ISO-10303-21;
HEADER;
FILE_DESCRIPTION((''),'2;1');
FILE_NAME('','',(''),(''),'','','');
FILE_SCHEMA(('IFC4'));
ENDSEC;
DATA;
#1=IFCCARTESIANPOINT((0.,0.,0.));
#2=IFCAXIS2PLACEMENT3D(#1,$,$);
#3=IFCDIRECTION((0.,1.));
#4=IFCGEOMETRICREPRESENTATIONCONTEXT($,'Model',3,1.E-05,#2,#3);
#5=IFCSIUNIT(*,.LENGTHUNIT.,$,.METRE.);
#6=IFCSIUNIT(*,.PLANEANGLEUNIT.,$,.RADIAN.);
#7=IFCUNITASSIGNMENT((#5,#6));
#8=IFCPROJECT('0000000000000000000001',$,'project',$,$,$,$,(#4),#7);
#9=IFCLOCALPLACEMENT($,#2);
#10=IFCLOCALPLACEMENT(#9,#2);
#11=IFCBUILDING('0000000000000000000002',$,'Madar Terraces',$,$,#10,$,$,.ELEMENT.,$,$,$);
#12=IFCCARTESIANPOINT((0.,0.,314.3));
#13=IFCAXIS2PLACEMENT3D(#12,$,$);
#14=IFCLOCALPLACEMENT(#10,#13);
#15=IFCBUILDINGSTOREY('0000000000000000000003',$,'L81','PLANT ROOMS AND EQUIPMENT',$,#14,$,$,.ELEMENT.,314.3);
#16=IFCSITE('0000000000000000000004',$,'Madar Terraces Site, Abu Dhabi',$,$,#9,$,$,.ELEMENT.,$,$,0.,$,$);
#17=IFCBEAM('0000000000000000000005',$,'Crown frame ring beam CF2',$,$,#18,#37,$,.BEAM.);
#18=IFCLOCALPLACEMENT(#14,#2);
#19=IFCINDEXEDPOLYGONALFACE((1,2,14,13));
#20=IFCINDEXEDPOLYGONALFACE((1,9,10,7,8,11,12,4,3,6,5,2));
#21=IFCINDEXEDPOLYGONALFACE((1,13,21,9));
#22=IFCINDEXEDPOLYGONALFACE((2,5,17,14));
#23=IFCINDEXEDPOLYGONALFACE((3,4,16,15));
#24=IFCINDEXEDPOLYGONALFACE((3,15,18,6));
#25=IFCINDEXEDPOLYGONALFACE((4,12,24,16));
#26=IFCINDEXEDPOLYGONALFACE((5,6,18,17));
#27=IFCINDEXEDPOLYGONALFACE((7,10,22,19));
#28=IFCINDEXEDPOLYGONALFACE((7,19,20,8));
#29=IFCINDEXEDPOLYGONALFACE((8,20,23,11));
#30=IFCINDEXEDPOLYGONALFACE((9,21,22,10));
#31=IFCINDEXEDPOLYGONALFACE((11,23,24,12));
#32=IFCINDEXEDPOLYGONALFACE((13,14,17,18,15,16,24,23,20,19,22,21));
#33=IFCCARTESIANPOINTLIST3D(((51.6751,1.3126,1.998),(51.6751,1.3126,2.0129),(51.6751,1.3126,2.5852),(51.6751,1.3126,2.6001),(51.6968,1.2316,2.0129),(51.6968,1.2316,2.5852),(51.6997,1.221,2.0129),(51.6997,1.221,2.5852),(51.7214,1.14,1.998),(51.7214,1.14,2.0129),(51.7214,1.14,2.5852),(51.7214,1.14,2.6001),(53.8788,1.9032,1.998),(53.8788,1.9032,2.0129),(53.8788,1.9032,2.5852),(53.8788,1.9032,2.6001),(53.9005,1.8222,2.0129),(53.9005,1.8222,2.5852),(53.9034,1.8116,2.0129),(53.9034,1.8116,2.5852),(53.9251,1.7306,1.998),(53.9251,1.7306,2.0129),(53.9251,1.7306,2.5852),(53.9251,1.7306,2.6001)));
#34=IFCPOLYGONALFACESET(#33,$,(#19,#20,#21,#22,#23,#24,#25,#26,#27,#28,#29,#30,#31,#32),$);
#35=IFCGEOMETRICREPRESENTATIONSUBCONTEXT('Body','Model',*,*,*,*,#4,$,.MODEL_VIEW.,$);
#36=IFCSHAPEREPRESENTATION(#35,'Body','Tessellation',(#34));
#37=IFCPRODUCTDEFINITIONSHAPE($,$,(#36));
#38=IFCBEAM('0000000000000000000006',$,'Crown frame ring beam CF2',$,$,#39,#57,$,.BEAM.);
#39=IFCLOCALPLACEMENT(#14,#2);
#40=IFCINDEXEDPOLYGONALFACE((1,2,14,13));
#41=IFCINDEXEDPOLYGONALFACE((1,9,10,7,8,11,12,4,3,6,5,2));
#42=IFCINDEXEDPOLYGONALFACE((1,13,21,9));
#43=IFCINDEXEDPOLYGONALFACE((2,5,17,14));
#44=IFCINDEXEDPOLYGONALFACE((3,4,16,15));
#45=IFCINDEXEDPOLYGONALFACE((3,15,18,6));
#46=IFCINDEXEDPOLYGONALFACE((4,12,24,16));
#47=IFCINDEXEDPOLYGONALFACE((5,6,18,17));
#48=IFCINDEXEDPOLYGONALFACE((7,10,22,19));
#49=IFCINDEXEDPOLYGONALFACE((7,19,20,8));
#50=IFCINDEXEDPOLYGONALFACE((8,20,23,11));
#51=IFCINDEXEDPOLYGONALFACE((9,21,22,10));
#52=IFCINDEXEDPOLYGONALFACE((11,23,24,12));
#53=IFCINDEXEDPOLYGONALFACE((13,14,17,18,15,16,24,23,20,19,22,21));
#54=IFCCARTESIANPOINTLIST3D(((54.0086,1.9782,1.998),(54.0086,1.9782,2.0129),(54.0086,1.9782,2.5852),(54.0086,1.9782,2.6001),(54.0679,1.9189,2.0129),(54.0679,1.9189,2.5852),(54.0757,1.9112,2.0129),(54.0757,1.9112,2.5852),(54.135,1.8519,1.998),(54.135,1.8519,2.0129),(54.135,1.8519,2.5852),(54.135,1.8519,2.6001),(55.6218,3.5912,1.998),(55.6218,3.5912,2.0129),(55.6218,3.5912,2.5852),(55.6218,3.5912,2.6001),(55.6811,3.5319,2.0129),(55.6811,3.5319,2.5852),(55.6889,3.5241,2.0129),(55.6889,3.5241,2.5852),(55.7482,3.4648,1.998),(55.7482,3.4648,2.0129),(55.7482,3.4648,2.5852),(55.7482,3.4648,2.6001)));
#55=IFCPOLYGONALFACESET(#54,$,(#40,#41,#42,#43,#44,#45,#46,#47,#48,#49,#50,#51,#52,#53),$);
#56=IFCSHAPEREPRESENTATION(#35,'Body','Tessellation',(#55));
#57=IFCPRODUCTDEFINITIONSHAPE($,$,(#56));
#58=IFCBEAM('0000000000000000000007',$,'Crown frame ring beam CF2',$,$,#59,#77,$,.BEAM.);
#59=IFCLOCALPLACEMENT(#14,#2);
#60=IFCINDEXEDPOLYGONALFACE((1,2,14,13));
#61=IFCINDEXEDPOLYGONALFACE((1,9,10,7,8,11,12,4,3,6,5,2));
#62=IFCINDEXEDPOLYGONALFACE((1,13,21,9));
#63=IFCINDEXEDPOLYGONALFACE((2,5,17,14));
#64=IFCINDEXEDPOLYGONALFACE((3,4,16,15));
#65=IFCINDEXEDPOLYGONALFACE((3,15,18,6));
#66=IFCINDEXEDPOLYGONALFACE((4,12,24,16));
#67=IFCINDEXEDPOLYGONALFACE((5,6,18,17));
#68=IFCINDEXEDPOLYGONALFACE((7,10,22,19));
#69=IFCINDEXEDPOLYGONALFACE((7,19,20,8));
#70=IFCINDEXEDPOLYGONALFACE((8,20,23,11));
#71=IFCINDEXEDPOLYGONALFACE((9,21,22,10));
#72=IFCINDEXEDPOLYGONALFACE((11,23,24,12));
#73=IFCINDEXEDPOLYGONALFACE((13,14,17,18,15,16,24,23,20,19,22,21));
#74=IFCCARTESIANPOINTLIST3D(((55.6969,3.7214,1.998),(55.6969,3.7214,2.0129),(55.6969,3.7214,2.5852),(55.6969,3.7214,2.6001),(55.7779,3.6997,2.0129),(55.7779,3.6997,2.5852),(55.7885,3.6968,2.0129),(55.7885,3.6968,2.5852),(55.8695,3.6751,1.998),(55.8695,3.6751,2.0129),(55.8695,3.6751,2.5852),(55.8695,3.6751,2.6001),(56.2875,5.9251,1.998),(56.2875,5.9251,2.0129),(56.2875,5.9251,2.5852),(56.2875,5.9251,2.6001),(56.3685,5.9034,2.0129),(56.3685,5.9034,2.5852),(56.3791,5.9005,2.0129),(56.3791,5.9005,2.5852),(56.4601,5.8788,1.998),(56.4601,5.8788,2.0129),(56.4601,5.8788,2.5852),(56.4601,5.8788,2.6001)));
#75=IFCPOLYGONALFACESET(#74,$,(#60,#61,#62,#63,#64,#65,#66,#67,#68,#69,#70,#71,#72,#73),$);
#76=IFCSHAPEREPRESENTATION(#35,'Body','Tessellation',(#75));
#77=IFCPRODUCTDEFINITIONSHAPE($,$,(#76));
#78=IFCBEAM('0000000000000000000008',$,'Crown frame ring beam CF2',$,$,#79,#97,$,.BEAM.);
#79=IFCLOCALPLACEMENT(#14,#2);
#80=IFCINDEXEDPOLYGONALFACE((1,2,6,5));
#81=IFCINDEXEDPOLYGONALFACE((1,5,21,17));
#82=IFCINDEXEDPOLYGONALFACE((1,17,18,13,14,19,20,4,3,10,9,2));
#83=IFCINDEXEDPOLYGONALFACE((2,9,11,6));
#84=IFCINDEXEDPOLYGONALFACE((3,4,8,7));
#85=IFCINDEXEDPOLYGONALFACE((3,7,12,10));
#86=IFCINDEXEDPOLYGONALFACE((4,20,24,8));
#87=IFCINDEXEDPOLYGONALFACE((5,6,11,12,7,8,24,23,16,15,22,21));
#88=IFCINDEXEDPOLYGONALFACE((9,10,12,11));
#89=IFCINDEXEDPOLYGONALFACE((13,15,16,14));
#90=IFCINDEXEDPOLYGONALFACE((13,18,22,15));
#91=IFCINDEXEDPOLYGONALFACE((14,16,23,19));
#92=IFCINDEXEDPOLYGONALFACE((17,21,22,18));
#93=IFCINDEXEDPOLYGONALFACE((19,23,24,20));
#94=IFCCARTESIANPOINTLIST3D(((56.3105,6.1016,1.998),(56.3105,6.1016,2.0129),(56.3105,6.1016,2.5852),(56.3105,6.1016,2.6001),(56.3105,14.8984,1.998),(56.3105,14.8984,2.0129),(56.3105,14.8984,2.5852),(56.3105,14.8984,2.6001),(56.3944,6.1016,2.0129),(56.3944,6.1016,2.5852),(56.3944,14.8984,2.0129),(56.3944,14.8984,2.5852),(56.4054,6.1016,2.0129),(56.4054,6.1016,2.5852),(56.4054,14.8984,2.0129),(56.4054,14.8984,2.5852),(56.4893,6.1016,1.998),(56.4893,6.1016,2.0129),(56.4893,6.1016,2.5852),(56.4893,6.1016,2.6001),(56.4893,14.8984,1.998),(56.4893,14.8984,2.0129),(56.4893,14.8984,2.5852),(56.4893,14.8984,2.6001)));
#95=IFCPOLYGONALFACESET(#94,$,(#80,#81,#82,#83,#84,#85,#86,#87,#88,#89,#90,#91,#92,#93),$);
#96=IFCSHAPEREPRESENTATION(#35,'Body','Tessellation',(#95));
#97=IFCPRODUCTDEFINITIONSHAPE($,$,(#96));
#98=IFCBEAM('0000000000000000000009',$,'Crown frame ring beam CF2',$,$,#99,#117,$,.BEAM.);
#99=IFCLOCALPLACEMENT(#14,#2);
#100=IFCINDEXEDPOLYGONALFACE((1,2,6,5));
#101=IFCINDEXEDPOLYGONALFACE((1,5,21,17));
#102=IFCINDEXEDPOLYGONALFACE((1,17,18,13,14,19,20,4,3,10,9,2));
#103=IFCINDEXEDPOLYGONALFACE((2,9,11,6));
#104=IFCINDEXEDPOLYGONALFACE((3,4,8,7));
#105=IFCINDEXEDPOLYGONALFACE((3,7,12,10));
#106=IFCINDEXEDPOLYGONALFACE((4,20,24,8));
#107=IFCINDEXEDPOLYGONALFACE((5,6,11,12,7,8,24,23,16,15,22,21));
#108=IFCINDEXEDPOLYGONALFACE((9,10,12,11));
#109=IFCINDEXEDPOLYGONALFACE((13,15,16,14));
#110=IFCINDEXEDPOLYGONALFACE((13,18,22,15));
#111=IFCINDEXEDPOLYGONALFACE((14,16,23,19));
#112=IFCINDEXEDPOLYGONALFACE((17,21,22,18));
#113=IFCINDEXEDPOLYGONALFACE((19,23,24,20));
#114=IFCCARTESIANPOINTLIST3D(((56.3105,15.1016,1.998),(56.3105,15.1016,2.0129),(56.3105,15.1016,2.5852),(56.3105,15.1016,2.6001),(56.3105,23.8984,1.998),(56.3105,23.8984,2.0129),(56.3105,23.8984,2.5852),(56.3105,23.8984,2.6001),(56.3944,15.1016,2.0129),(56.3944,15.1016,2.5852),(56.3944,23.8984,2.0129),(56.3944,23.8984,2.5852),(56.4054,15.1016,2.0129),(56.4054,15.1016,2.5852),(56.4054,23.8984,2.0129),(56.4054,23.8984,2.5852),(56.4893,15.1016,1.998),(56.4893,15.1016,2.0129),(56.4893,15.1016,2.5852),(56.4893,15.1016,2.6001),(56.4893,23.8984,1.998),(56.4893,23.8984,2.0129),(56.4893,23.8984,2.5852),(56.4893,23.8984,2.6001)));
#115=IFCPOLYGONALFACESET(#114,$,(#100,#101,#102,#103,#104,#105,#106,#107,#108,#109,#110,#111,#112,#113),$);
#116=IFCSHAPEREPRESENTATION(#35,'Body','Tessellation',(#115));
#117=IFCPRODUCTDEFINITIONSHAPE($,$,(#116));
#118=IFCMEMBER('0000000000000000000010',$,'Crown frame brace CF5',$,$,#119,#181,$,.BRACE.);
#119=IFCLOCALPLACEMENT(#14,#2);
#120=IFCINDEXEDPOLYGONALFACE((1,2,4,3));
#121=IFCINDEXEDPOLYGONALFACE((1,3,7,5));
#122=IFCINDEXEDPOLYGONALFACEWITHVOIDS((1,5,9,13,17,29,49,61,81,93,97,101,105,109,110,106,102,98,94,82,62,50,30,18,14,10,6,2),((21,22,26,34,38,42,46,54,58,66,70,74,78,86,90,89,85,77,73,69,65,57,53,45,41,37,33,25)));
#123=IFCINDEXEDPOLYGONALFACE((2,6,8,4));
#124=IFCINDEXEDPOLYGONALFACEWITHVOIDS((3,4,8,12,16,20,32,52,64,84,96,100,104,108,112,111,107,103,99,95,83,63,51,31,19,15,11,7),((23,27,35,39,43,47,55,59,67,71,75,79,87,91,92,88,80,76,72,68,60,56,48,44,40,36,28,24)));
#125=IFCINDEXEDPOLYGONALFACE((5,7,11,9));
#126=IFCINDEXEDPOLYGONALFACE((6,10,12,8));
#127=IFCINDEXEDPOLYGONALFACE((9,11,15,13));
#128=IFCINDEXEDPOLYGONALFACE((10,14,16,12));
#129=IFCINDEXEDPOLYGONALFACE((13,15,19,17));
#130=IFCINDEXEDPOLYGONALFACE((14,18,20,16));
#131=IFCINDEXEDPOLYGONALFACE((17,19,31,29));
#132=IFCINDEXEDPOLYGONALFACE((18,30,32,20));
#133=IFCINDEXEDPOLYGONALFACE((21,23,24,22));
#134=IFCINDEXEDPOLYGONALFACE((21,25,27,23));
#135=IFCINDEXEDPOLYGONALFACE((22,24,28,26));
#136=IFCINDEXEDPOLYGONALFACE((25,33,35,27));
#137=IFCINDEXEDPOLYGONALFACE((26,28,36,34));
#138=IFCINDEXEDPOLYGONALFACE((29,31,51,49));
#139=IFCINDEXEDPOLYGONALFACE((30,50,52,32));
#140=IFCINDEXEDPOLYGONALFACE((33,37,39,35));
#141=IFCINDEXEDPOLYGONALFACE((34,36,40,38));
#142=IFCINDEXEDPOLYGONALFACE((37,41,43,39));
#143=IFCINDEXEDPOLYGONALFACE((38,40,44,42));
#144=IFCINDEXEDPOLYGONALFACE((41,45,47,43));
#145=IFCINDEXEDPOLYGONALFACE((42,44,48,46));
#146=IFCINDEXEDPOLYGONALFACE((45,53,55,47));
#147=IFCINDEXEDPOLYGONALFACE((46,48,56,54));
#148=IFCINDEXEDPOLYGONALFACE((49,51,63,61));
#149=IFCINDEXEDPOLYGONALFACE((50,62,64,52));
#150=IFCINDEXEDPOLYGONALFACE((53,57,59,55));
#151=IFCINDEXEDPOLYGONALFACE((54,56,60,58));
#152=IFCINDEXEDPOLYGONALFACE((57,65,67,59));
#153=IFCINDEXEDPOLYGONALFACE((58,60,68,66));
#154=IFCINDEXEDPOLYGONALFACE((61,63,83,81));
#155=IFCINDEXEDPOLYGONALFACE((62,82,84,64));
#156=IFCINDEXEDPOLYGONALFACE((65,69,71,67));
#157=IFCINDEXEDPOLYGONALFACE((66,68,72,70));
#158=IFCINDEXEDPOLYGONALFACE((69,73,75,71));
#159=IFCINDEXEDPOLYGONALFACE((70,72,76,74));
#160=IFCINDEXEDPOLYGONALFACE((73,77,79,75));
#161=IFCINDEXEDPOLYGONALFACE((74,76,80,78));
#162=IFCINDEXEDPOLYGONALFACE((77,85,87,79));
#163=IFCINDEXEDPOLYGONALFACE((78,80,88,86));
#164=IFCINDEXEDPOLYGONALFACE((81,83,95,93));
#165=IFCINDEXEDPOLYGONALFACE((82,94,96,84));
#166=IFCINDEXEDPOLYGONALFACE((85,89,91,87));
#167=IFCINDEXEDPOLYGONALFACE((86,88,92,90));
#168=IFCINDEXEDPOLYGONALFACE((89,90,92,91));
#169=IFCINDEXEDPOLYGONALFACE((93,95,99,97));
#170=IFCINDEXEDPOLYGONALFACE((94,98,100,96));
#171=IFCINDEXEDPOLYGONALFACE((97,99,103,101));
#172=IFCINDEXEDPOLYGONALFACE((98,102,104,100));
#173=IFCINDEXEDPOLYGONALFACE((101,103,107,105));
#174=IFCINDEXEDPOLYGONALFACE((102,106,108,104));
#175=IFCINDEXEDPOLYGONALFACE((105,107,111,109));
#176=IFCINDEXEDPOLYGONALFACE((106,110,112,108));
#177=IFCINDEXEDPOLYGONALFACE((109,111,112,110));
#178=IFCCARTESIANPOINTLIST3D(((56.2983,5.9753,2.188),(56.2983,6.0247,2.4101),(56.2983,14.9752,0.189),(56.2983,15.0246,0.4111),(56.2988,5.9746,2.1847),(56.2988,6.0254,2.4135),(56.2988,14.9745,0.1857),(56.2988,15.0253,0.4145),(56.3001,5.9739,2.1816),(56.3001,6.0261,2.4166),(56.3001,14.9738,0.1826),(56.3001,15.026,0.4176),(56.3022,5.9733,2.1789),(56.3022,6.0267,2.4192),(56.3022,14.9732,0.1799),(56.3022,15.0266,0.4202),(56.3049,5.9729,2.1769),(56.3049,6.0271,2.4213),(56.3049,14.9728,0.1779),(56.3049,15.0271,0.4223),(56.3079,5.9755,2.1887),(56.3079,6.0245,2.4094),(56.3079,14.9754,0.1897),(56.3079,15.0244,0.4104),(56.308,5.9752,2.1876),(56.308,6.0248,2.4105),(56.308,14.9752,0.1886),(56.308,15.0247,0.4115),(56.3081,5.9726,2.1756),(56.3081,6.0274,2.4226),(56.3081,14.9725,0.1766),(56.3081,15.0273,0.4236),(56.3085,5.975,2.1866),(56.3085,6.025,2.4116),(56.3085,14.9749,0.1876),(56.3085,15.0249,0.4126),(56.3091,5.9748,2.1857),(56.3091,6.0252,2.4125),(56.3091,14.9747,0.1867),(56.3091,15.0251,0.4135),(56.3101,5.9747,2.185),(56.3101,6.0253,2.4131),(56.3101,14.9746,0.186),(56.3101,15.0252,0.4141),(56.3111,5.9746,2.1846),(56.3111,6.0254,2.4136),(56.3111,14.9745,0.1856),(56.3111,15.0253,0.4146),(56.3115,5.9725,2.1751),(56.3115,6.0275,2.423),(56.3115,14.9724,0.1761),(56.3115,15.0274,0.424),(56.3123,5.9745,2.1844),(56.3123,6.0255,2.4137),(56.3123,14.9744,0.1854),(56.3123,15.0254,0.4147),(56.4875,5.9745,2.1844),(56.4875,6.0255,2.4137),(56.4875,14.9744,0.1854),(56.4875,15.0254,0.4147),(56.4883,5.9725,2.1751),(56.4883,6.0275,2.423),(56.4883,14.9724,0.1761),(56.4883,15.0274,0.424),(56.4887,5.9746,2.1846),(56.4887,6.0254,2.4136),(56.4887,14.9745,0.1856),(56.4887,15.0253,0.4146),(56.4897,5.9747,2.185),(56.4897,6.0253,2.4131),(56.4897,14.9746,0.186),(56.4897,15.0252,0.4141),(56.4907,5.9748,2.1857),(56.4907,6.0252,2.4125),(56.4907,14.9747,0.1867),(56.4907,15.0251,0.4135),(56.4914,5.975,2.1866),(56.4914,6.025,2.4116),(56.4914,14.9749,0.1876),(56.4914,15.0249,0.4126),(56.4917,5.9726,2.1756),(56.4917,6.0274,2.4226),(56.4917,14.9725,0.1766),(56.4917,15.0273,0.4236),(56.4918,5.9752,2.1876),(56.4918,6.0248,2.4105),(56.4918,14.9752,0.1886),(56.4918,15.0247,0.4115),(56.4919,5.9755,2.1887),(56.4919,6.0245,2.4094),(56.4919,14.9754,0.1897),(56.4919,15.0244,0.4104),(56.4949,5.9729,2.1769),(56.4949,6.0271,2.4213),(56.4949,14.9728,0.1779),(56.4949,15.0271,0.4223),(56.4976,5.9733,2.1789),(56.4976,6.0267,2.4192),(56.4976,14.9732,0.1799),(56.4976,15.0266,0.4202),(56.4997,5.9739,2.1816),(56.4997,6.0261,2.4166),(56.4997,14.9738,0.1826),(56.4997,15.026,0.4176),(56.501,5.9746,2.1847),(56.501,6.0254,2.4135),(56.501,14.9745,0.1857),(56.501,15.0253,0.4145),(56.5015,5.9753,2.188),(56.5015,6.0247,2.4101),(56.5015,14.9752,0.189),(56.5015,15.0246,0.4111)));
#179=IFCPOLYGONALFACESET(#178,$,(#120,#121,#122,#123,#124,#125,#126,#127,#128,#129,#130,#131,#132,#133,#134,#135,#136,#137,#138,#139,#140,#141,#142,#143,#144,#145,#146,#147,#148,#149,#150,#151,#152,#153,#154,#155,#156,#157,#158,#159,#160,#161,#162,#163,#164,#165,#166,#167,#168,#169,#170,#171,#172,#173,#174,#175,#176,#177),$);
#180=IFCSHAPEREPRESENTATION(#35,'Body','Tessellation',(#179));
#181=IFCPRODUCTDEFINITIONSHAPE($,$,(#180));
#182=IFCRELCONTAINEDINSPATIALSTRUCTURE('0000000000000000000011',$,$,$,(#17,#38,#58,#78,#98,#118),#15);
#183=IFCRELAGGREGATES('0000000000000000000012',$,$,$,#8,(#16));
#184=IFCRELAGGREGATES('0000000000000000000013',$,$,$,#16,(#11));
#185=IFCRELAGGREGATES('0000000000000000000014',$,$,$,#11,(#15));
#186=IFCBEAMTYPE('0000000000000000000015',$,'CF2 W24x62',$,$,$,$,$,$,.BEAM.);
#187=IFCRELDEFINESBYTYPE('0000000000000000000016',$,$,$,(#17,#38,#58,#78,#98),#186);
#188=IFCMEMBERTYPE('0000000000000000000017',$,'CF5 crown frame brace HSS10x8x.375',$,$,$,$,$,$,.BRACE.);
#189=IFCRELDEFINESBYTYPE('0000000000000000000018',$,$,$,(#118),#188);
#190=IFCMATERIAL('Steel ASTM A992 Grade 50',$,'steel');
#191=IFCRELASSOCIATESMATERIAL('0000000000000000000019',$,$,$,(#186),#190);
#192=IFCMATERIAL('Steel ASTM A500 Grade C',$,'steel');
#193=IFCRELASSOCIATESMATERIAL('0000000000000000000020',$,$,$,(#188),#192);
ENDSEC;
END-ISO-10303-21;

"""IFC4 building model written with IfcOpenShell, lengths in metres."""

from ifc_helpers import new_model, si_unit, direction, frame, origin, origin_2d, place, context, subcontext, project, spatial, hollow_rectangle, i_section, extrude, material, material_profile, profile_set, type_object, element, save


model = new_model("IFC4")

# Units and contexts
model_context = context("Model", 3, precision=1e-05, world=origin(), true_north=direction((0.0, 1.0)))
body_context = subcontext(model_context, "Body", "Model", "MODEL_VIEW")
ifc_project = project(units=[si_unit("LENGTHUNIT", "METRE"), si_unit("PLANEANGLEUNIT", "RADIAN")], contexts=[model_context])

# Site, building, storey
site_placement = place(None, origin())
site = spatial("IfcSite", under=ifc_project, at=site_placement, Name="Madar Terraces Site, Abu Dhabi", CompositionType="ELEMENT", RefElevation=0.0)
building_placement = place(site_placement, origin())
building = spatial("IfcBuilding", under=site, at=building_placement, Name="Madar Terraces", CompositionType="ELEMENT")
storey_placement = place(building_placement, frame((0.0, 0.0, 314.3)))
storey = spatial("IfcBuildingStorey", under=building, at=storey_placement, Name="L81", Description="PLANT ROOMS AND EQUIPMENT", CompositionType="ELEMENT", Elevation=314.3)

# Beams
ifc_material_1 = material(Name="Steel ASTM A992 Grade 50", Category="steel")
ifc_material_profile_1 = material_profile(ifc_material_1, i_section(OverallWidth=0.1787, OverallDepth=0.6021, WebThickness=0.011, FlangeThickness=0.0149, at=origin_2d()), Name="W24x62")
ifc_profile_set_1 = profile_set([ifc_material_profile_1], Name="Steel ASTM A992 Grade 50")
beam_type = type_object("IfcBeamType", Name="CF2 W24x62", PredefinedType="BEAM", material=ifc_profile_set_1)
beam_1_placement = place(storey_placement, frame((51.6982, 1.2263, 2.2991), z_axis=(0.965913, 0.258868, 0.0), x_axis=(-0.258868, 0.965913, 0.0)))
element("IfcBeam", 1, at=beam_1_placement, inside=storey, type_object=beam_type, Name="Crown frame ring beam CF2", PredefinedType="BEAM", context=body_context, shape_type="SweptSolid", body=[
    extrude(i_section(OverallWidth=0.1787, OverallDepth=0.6021, WebThickness=0.011, FlangeThickness=0.0149, at=origin_2d()), origin(), (0.0, 0.0, 1.0), 2.2815),
])
beam_2_placement = place(storey_placement, frame((54.0718, 1.915, 2.2991), z_axis=(0.70716, 0.707053, 0.0), x_axis=(-0.707053, 0.70716, 0.0)))
element("IfcBeam", 2, at=beam_2_placement, inside=storey, type_object=beam_type, Name="Crown frame ring beam CF2", PredefinedType="BEAM", context=body_context, shape_type="SweptSolid", body=[
    extrude(i_section(OverallWidth=0.1787, OverallDepth=0.6021, WebThickness=0.011, FlangeThickness=0.0149, at=origin_2d()), origin(), (0.0, 0.0, 1.0), 2.2812),
])
beam_3_placement = place(storey_placement, frame((55.7832, 3.6982, 2.2991), z_axis=(0.258868, 0.965913, 0.0), x_axis=(-0.965913, 0.258868, 0.0)))
element("IfcBeam", 3, at=beam_3_placement, inside=storey, type_object=beam_type, Name="Crown frame ring beam CF2", PredefinedType="BEAM", context=body_context, shape_type="SweptSolid", body=[
    extrude(i_section(OverallWidth=0.1787, OverallDepth=0.6021, WebThickness=0.011, FlangeThickness=0.0149, at=origin_2d()), origin(), (0.0, 0.0, 1.0), 2.2815),
])
for number, where, z_axis, x_axis, name in (
    (4, (56.3999, 6.1016, 2.2991), (0.0, 1.0, 0.0), (-1.0, 0.0, 0.0), "Crown frame ring beam CF2"),
    (5, (56.3999, 15.1016, 2.2991), (0.0, 1.0, 0.0), (-1.0, 0.0, 0.0), "Crown frame ring beam CF2"),
):
    element("IfcBeam", number, at=place(storey_placement, frame(where, z_axis=z_axis, x_axis=x_axis)), inside=storey, type_object=beam_type, Name=name, PredefinedType="BEAM", context=body_context, shape_type="SweptSolid", body=[
        extrude(i_section(OverallWidth=0.1787, OverallDepth=0.6021, WebThickness=0.011, FlangeThickness=0.0149, at=origin_2d()), origin(), (0.0, 0.0, 1.0), 8.7969),
    ])

# Member
ifc_material_2 = material(Name="Steel ASTM A500 Grade C", Category="steel")
ifc_material_profile_2 = material_profile(ifc_material_2, hollow_rectangle(XDim=0.2031, YDim=0.2539, WallThickness=0.0095, InnerFilletRadius=0.0044, OuterFilletRadius=0.0132, at=origin_2d()), Name="HSS10x8x.375")
ifc_profile_set_2 = profile_set([ifc_material_profile_2], Name="Steel ASTM A500 Grade C")
member_type_1 = type_object("IfcMemberType", Name="CF5 crown frame brace HSS10x8x.375", PredefinedType="BRACE", material=ifc_profile_set_2)
for number, where, z_axis, x_axis, name in (
    (6, (56.3999, 6.0, 2.2991), (0.0, 0.976209, -0.21683), (-1.0, 0.0, 0.0), "Crown frame brace CF5"),
):
    element("IfcMember", number, at=place(storey_placement, frame(where, z_axis=z_axis, x_axis=x_axis)), inside=storey, type_object=member_type_1, Name=name, PredefinedType="BRACE", context=body_context, shape_type="SweptSolid", body=[
        extrude(hollow_rectangle(XDim=0.2031, YDim=0.2539, WallThickness=0.0095, InnerFilletRadius=0.0044, OuterFilletRadius=0.0132, at=origin_2d()), origin(), (0.0, 0.0, 1.0), 9.2192),
    ])

save(model, "model.ifc")
